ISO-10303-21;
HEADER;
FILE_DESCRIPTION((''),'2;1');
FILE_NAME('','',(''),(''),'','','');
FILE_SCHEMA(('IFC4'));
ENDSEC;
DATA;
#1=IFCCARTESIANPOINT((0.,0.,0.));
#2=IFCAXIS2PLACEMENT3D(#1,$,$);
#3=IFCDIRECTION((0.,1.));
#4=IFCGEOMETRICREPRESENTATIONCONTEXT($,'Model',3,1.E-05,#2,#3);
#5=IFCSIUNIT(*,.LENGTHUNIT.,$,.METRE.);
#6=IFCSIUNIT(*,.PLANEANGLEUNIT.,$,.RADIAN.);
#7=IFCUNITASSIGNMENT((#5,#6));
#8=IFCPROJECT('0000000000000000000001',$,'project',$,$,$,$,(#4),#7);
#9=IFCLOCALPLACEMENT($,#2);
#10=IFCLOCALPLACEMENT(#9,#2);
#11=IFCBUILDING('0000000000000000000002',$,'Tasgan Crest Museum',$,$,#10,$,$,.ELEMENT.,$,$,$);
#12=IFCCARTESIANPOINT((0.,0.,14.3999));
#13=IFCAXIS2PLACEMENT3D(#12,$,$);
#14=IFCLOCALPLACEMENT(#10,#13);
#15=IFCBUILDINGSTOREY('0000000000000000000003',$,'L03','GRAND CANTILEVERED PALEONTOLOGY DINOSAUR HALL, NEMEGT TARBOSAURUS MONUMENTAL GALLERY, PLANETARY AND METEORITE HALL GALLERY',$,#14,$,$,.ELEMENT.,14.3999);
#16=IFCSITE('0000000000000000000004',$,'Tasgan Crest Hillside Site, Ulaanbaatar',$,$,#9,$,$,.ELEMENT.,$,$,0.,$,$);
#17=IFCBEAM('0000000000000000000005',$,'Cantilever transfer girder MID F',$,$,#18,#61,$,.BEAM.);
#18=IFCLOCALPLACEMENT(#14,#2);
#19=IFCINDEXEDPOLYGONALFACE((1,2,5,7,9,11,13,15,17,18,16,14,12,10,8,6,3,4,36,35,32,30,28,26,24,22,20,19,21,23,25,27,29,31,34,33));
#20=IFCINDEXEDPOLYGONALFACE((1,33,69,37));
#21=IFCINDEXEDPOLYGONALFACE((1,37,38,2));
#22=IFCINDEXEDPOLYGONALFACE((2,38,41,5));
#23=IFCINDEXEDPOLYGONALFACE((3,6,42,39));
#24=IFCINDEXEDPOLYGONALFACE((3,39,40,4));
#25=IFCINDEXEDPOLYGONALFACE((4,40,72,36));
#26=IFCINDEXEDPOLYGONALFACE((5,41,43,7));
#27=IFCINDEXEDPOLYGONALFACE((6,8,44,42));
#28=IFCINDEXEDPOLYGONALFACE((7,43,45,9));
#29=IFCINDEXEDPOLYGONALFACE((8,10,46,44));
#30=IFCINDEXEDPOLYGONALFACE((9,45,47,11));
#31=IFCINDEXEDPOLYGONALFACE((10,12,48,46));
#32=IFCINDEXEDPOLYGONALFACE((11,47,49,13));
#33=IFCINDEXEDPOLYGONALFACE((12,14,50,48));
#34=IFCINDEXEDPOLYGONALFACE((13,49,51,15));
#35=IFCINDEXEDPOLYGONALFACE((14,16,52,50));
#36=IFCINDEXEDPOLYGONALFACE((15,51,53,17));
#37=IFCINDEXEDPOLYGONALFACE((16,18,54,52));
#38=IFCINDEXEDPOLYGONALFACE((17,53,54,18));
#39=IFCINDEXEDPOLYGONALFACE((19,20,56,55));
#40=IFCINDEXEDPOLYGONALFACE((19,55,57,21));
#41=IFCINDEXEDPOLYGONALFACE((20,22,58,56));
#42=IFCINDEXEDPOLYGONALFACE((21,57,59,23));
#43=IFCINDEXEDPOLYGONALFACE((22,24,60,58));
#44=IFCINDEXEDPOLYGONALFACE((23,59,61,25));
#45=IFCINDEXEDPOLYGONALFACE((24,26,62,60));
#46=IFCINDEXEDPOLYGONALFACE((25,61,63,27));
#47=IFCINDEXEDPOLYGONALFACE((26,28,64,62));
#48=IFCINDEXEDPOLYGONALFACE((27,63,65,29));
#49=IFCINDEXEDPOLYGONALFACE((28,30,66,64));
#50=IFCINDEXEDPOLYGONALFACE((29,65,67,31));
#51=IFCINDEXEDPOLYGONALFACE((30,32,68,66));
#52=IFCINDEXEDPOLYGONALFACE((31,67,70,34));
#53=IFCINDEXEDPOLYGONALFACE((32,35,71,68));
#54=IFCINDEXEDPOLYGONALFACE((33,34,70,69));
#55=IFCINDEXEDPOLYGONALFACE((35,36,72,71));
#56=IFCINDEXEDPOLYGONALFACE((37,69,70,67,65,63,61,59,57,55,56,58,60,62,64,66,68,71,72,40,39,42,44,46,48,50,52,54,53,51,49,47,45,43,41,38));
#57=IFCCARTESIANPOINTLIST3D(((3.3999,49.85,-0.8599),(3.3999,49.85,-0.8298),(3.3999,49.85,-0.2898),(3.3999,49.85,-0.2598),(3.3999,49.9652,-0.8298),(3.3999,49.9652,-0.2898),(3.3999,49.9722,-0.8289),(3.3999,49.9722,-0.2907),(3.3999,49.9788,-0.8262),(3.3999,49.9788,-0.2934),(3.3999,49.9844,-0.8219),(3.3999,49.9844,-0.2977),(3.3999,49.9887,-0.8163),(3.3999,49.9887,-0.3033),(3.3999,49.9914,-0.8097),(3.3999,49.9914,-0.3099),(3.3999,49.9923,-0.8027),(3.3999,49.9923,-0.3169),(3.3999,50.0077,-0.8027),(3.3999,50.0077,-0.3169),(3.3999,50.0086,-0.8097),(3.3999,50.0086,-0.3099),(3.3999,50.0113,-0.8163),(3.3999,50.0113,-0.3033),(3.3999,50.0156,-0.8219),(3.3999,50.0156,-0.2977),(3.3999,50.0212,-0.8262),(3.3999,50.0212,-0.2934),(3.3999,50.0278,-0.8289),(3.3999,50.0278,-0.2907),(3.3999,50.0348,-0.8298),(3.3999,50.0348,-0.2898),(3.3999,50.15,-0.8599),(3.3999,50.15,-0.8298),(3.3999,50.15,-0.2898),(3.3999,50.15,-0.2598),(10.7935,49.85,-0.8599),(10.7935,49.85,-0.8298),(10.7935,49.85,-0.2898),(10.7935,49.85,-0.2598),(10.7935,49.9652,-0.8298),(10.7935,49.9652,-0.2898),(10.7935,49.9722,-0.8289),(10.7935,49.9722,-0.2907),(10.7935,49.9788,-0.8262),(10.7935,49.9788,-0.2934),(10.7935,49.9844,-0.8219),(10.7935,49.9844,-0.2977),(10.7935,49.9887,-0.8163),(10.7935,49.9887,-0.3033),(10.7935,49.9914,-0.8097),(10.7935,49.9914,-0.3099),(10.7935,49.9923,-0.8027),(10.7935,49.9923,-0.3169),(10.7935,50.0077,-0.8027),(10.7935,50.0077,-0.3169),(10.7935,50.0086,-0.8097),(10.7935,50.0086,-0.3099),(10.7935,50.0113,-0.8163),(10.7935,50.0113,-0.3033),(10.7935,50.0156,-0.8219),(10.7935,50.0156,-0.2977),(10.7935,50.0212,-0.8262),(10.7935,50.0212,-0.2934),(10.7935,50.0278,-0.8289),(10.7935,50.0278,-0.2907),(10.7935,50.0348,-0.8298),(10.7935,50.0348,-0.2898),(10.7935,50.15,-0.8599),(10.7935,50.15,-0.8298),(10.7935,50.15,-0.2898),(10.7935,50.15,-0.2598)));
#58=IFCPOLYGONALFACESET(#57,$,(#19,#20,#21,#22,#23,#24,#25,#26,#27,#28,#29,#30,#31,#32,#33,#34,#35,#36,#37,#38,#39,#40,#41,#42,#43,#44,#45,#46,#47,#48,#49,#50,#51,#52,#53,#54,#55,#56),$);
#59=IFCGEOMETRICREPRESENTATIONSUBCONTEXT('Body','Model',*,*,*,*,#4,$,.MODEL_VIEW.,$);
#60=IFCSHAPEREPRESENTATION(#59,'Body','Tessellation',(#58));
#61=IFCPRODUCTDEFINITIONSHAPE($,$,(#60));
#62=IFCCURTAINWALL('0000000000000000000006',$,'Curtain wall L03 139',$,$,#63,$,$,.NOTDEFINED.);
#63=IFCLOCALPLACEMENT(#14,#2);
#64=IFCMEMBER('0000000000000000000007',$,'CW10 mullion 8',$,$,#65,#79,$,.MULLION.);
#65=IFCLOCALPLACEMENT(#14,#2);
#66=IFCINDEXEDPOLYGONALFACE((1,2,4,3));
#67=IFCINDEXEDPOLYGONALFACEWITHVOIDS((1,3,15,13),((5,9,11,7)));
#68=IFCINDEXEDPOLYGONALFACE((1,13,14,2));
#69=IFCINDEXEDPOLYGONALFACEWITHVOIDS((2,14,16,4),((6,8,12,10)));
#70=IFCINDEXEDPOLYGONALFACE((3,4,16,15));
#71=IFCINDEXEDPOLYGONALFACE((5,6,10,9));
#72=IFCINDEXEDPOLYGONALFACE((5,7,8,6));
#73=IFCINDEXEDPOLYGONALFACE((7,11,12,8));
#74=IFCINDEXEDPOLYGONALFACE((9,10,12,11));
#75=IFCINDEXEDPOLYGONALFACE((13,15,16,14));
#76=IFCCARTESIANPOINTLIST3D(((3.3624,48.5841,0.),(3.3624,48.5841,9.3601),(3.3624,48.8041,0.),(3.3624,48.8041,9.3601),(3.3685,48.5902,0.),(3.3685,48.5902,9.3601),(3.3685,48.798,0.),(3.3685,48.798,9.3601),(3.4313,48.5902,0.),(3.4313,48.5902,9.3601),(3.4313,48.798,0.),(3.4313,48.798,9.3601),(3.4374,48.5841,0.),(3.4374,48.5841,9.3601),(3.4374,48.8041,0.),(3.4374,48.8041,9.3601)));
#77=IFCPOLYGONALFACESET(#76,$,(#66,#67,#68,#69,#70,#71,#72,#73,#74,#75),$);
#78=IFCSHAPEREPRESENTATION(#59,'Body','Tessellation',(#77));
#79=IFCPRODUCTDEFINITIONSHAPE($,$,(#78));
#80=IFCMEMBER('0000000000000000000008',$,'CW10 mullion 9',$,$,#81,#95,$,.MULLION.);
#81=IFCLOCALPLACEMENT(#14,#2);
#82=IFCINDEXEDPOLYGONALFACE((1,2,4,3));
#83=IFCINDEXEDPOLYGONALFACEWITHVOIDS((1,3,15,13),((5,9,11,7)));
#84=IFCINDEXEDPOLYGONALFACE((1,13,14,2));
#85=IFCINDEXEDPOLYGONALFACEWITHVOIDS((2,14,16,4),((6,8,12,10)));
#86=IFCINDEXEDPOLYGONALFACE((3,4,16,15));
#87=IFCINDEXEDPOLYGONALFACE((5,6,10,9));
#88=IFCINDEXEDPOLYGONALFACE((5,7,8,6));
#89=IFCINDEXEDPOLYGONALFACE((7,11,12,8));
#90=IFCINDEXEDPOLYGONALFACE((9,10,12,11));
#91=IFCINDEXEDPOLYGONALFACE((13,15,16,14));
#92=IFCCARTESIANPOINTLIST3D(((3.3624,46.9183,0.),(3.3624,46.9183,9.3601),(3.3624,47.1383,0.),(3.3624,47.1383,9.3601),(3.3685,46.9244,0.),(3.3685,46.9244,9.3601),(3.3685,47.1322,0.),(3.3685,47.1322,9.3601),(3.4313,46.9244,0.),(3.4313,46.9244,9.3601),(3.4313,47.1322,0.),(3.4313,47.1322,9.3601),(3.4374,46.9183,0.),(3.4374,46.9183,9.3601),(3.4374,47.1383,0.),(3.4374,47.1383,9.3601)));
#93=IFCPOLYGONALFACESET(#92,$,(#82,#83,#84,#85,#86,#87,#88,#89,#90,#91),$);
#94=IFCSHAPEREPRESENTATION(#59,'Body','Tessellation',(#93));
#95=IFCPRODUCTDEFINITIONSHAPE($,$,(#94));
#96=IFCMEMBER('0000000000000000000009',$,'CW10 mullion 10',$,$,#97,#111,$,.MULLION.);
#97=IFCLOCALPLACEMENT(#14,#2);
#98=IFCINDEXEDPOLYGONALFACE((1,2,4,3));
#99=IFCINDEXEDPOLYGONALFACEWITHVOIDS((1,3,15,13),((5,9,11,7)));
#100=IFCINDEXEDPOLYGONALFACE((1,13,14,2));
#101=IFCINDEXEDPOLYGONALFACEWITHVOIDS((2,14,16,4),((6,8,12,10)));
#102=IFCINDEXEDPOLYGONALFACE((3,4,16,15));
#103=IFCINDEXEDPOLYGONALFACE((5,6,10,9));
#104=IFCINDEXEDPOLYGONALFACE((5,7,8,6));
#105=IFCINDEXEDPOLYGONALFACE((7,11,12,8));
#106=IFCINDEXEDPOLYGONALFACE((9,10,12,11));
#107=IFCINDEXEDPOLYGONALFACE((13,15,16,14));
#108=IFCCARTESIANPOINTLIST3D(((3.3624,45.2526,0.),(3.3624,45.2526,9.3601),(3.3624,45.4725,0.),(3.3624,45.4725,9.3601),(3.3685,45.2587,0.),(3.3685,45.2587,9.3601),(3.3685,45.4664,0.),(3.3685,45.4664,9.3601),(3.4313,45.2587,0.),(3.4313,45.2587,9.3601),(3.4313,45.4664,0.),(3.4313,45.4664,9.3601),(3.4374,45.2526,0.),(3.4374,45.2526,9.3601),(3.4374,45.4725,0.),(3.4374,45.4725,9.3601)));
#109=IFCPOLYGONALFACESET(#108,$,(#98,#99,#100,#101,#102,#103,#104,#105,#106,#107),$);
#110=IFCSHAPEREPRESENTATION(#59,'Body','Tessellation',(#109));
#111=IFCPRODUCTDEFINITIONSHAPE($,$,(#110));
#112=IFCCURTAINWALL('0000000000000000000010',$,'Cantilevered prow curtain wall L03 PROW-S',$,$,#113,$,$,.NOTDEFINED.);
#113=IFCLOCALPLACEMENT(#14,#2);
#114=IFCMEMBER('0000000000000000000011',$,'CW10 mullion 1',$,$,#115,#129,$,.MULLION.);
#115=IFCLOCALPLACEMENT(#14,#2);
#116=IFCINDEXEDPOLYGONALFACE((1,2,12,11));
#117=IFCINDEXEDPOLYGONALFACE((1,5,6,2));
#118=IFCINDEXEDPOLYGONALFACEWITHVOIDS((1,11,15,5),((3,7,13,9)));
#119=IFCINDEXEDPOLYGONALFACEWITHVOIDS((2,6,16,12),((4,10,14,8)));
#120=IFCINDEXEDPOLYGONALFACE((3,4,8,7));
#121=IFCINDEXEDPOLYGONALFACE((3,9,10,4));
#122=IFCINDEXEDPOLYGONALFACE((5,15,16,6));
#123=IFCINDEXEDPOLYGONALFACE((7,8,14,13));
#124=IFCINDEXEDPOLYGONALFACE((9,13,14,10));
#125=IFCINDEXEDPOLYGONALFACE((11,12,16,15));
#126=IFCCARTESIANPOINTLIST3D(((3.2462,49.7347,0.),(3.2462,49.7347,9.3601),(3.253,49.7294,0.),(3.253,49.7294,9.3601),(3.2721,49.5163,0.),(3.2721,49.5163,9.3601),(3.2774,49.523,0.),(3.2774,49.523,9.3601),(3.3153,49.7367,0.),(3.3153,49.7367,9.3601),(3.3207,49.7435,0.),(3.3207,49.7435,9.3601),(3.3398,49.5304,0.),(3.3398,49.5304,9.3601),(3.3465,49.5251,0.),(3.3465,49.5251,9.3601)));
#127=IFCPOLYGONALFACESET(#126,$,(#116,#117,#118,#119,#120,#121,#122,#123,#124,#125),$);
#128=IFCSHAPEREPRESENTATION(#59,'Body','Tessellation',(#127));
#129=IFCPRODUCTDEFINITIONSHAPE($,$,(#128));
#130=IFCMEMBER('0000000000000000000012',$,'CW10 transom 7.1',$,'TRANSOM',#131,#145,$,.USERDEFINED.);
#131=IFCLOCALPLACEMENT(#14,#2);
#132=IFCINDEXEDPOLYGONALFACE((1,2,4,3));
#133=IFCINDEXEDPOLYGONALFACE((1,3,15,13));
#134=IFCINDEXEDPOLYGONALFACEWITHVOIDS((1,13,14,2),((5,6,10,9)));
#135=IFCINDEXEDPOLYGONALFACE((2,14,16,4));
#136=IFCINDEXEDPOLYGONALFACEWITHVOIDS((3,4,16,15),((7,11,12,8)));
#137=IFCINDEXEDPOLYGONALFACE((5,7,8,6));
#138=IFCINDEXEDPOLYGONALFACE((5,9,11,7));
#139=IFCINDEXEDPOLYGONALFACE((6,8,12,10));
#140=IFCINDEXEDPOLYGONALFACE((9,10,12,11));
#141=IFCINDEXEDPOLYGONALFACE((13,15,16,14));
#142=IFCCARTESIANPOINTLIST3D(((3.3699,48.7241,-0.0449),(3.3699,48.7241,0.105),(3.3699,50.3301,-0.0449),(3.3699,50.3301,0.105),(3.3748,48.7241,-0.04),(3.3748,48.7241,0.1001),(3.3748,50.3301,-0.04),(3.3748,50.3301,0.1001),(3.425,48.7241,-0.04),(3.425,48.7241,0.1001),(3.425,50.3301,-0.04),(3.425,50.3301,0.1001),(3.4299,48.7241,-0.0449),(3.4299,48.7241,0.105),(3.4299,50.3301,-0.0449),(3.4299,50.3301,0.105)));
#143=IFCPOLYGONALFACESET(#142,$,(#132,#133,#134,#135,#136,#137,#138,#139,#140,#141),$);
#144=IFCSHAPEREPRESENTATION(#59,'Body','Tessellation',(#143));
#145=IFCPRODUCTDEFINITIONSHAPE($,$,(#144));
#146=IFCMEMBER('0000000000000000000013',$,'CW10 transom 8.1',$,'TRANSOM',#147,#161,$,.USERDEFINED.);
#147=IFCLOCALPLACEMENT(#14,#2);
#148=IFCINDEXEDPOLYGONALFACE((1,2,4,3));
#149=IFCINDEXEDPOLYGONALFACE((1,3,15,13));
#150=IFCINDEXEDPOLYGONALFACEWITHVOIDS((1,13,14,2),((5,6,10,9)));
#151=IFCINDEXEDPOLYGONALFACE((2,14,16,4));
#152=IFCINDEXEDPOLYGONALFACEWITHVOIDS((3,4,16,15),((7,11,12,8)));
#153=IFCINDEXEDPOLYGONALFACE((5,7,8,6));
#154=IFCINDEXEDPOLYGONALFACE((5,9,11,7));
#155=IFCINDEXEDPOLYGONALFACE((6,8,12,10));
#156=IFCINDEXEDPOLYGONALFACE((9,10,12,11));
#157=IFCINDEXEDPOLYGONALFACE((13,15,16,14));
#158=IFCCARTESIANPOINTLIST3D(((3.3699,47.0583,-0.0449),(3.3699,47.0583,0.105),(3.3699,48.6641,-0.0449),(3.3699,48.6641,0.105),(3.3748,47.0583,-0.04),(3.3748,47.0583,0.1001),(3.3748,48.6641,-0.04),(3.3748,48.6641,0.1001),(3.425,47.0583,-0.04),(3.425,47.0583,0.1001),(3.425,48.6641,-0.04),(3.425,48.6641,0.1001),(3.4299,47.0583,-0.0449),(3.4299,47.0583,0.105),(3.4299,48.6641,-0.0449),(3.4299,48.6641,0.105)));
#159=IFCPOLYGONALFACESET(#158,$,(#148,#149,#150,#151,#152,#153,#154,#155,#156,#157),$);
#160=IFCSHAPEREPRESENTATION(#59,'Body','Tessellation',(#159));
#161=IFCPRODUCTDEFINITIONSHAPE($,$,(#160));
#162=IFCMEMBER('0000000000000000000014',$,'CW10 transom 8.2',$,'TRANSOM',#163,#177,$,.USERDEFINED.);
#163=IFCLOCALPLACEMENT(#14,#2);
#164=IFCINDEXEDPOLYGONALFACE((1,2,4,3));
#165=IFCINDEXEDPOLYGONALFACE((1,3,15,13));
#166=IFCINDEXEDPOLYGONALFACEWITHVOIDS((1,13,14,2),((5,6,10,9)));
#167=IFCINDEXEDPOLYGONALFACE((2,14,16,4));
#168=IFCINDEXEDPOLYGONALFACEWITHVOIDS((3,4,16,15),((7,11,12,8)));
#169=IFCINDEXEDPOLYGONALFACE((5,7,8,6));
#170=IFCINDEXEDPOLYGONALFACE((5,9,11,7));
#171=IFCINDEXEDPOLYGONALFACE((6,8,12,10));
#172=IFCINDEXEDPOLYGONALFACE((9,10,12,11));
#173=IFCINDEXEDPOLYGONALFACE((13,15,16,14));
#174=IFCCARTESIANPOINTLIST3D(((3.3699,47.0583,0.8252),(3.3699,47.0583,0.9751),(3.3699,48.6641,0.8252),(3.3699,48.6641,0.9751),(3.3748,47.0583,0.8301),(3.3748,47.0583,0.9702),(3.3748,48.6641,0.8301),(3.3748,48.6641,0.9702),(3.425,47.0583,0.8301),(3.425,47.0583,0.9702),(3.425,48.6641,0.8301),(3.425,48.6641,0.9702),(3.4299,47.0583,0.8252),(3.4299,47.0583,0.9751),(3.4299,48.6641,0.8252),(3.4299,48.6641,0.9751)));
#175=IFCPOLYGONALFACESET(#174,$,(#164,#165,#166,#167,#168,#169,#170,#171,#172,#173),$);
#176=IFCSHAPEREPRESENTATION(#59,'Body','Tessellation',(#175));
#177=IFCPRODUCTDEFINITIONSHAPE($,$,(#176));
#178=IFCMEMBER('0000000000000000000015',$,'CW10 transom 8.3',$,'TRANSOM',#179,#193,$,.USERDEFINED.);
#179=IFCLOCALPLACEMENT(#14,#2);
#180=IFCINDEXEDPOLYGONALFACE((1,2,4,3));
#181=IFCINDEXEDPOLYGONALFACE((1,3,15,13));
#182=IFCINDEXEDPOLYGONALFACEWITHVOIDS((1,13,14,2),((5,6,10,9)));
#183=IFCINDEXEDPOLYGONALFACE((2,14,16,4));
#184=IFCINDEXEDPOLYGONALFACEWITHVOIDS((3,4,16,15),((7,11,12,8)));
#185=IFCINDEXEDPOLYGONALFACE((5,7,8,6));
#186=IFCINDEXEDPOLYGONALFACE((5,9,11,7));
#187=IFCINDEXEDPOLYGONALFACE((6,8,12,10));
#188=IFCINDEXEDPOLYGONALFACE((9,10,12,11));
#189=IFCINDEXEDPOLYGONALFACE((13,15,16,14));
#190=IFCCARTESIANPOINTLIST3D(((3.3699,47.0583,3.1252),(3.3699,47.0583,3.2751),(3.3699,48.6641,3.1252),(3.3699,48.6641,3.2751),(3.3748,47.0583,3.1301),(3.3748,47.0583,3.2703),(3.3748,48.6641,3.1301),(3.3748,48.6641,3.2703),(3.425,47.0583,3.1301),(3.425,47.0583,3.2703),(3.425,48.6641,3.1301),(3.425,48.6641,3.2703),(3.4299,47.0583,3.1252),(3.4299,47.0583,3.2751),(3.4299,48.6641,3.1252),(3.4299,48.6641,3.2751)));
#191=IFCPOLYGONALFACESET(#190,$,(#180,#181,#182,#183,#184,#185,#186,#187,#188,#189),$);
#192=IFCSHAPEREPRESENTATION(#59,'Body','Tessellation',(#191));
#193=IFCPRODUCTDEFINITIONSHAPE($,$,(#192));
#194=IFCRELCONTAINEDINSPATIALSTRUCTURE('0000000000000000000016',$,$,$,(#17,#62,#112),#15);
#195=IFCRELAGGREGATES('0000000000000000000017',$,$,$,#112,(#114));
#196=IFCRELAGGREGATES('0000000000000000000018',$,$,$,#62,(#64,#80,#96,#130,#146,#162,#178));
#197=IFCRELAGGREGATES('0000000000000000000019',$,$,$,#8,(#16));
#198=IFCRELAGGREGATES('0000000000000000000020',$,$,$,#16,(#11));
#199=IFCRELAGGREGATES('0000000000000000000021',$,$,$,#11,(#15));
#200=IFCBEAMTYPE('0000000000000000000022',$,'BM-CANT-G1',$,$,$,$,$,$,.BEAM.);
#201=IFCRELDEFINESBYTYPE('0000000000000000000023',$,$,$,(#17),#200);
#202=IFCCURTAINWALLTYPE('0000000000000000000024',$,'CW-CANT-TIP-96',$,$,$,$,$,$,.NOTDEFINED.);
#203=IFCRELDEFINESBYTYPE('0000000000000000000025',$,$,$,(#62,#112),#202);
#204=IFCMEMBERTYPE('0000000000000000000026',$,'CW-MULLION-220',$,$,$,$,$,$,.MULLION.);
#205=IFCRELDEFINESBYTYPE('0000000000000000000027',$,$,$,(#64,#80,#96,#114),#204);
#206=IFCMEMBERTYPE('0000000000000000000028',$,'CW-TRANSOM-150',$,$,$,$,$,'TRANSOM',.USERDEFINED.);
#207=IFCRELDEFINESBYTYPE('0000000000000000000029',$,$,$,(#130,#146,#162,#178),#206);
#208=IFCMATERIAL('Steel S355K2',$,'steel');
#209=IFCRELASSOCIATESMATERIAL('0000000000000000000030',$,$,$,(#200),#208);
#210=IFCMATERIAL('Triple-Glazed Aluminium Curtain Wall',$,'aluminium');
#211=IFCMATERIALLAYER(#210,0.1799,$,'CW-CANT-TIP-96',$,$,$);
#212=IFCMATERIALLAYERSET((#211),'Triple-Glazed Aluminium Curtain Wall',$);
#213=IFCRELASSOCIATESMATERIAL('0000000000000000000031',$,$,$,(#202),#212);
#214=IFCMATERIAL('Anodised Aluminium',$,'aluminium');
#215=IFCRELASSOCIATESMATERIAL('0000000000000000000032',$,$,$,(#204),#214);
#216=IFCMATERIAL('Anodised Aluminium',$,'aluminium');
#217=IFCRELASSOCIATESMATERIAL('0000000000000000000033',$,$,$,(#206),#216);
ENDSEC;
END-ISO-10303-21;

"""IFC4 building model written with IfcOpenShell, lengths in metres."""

from ifc_helpers import new_model, si_unit, direction, frame, origin, origin_2d, place, context, subcontext, project, spatial, hollow_rectangle, i_section, extrude, material, layer, layer_set, material_profile, profile_set, type_object, element, aggregate, save


model = new_model("IFC4")

# Units and contexts
model_context = context("Model", 3, precision=1e-05, world=origin(), true_north=direction((0.0, 1.0)))
body_context = subcontext(model_context, "Body", "Model", "MODEL_VIEW")
ifc_project = project(units=[si_unit("LENGTHUNIT", "METRE"), si_unit("PLANEANGLEUNIT", "RADIAN")], contexts=[model_context])

# Site, building, storey
site_placement = place(None, origin())
site = spatial("IfcSite", under=ifc_project, at=site_placement, Name="Tasgan Crest Hillside Site, Ulaanbaatar", CompositionType="ELEMENT", RefElevation=0.0)
building_placement = place(site_placement, origin())
building = spatial("IfcBuilding", under=site, at=building_placement, Name="Tasgan Crest Museum", CompositionType="ELEMENT")
storey_placement = place(building_placement, frame((0.0, 0.0, 14.3999)))
storey = spatial("IfcBuildingStorey", under=building, at=storey_placement, Name="L03", Description="GRAND CANTILEVERED PALEONTOLOGY DINOSAUR HALL, NEMEGT TARBOSAURUS MONUMENTAL GALLERY, PLANETARY AND METEORITE HALL GALLERY", CompositionType="ELEMENT", Elevation=14.3999)

# Beam
ifc_material_1 = material(Name="Steel S355K2", Category="steel")
ifc_material_profile_1 = material_profile(ifc_material_1, i_section(OverallWidth=0.3, OverallDepth=0.6001, WebThickness=0.0154, FlangeThickness=0.03, FilletRadius=0.0271, at=origin_2d()), Name="HEB 600")
ifc_profile_set_1 = profile_set([ifc_material_profile_1], Name="Steel S355K2")
beam_type = type_object("IfcBeamType", Name="BM-CANT-G1", PredefinedType="BEAM", material=ifc_profile_set_1)
beam_placement = place(storey_placement, frame((3.3999, 50.0, -0.5598), z_axis=(1.0, 0.0, 0.0), x_axis=(0.0, 1.0, 0.0)))
element("IfcBeam", 1, at=beam_placement, inside=storey, type_object=beam_type, Name="Cantilever transfer girder MID F", PredefinedType="BEAM", context=body_context, shape_type="SweptSolid", body=[
    extrude(i_section(OverallWidth=0.3, OverallDepth=0.6001, WebThickness=0.0154, FlangeThickness=0.03, FilletRadius=0.0271, at=origin_2d()), origin(), (0.0, 0.0, 1.0), 7.3936),
])

# Curtain wall, members
ifc_material_2 = material(Name="Triple-Glazed Aluminium Curtain Wall", Category="aluminium")
ifc_layer_1 = layer(ifc_material_2, 0.1799, Name="CW-CANT-TIP-96")
ifc_layer_set_1 = layer_set([ifc_layer_1], Name="Triple-Glazed Aluminium Curtain Wall")
curtain_wall_type = type_object("IfcCurtainWallType", Name="CW-CANT-TIP-96", PredefinedType="NOTDEFINED", material=ifc_layer_set_1)
curtain_wall_1_placement = place(storey_placement, origin())
curtain_wall_1 = element("IfcCurtainWall", 2, at=curtain_wall_1_placement, inside=storey, type_object=curtain_wall_type, Name="Curtain wall L03 139", PredefinedType="NOTDEFINED")
ifc_material_3 = material(Name="Anodised Aluminium", Category="aluminium")
ifc_material_profile_2 = material_profile(ifc_material_3, hollow_rectangle(XDim=0.075, YDim=0.22, WallThickness=0.0061, at=origin_2d()), Name="ALU MULLION 220x75x6")
ifc_profile_set_2 = profile_set([ifc_material_profile_2], Name="Anodised Aluminium")
member_type_1 = type_object("IfcMemberType", Name="CW-MULLION-220", PredefinedType="MULLION", material=ifc_profile_set_2)
member_1_placement = place(storey_placement, frame((3.3999, 48.6941, 0.0), z_axis=(0.0, 0.0, 1.0), x_axis=(1.0, 0.0, 0.0)))
member_1 = element("IfcMember", 3, at=member_1_placement, type_object=member_type_1, Name="CW10 mullion 8", PredefinedType="MULLION", context=body_context, shape_type="SweptSolid", body=[
    extrude(hollow_rectangle(XDim=0.075, YDim=0.22, WallThickness=0.0061, at=origin_2d()), origin(), (0.0, 0.0, 1.0), 9.3601),
])
member_2_placement = place(storey_placement, frame((3.3999, 47.0283, 0.0), z_axis=(0.0, 0.0, 1.0), x_axis=(1.0, 0.0, 0.0)))
member_2 = element("IfcMember", 4, at=member_2_placement, type_object=member_type_1, Name="CW10 mullion 9", PredefinedType="MULLION", context=body_context, shape_type="SweptSolid", body=[
    extrude(hollow_rectangle(XDim=0.075, YDim=0.22, WallThickness=0.0061, at=origin_2d()), origin(), (0.0, 0.0, 1.0), 9.3601),
])
member_3_placement = place(storey_placement, frame((3.3999, 45.3625, 0.0), z_axis=(0.0, 0.0, 1.0), x_axis=(1.0, 0.0, 0.0)))
member_3 = element("IfcMember", 5, at=member_3_placement, type_object=member_type_1, Name="CW10 mullion 10", PredefinedType="MULLION", context=body_context, shape_type="SweptSolid", body=[
    extrude(hollow_rectangle(XDim=0.075, YDim=0.22, WallThickness=0.0061, at=origin_2d()), origin(), (0.0, 0.0, 1.0), 9.3601),
])

# Curtain wall, member
curtain_wall_2_placement = place(storey_placement, origin())
curtain_wall_2 = element("IfcCurtainWall", 6, at=curtain_wall_2_placement, inside=storey, type_object=curtain_wall_type, Name="Cantilevered prow curtain wall L03 PROW-S", PredefinedType="NOTDEFINED")
member_4_placement = place(storey_placement, frame((3.2964, 49.6299, 0.0), z_axis=(0.0, 0.0, 1.0), x_axis=(-0.993065, -0.117565, 0.0)))
member_4 = element("IfcMember", 7, at=member_4_placement, type_object=member_type_1, Name="CW10 mullion 1", PredefinedType="MULLION", context=body_context, shape_type="SweptSolid", body=[
    extrude(hollow_rectangle(XDim=0.075, YDim=0.22, WallThickness=0.0061, at=origin_2d()), origin(), (0.0, 0.0, 1.0), 9.3601),
])

# Members
ifc_material_4 = material(Name="Anodised Aluminium", Category="aluminium")
ifc_material_profile_3 = material_profile(ifc_material_4, hollow_rectangle(XDim=0.0601, YDim=0.1499, WallThickness=0.0049, at=origin_2d()), Name="ALU TRANSOM 150x60x5")
ifc_profile_set_3 = profile_set([ifc_material_profile_3], Name="Anodised Aluminium")
member_type_2 = type_object("IfcMemberType", Name="CW-TRANSOM-150", ElementType="TRANSOM", PredefinedType="USERDEFINED", material=ifc_profile_set_3)
member_5_placement = place(storey_placement, frame((3.3999, 50.3301, 0.03), z_axis=(0.0, -1.0, 0.0), x_axis=(1.0, 0.0, 0.0)))
member_5 = element("IfcMember", 8, at=member_5_placement, type_object=member_type_2, Name="CW10 transom 7.1", ObjectType="TRANSOM", PredefinedType="USERDEFINED", context=body_context, shape_type="SweptSolid", body=[
    extrude(hollow_rectangle(XDim=0.0601, YDim=0.1499, WallThickness=0.0049, at=origin_2d()), origin(), (0.0, 0.0, 1.0), 1.606),
])
member_6_placement = place(storey_placement, frame((3.3999, 48.6641, 0.03), z_axis=(0.0, -1.0, 0.0), x_axis=(1.0, 0.0, 0.0)))
member_6 = element("IfcMember", 9, at=member_6_placement, type_object=member_type_2, Name="CW10 transom 8.1", ObjectType="TRANSOM", PredefinedType="USERDEFINED", context=body_context, shape_type="SweptSolid", body=[
    extrude(hollow_rectangle(XDim=0.0601, YDim=0.1499, WallThickness=0.0049, at=origin_2d()), origin(), (0.0, 0.0, 1.0), 1.6057),
])
member_7_placement = place(storey_placement, frame((3.3999, 48.6641, 0.9001), z_axis=(0.0, -1.0, 0.0), x_axis=(1.0, 0.0, 0.0)))
member_7 = element("IfcMember", 10, at=member_7_placement, type_object=member_type_2, Name="CW10 transom 8.2", ObjectType="TRANSOM", PredefinedType="USERDEFINED", context=body_context, shape_type="SweptSolid", body=[
    extrude(hollow_rectangle(XDim=0.0601, YDim=0.1499, WallThickness=0.0049, at=origin_2d()), origin(), (0.0, 0.0, 1.0), 1.6057),
])
member_8_placement = place(storey_placement, frame((3.3999, 48.6641, 3.2002), z_axis=(0.0, -1.0, 0.0), x_axis=(1.0, 0.0, 0.0)))
member_8 = element("IfcMember", 11, at=member_8_placement, type_object=member_type_2, Name="CW10 transom 8.3", ObjectType="TRANSOM", PredefinedType="USERDEFINED", context=body_context, shape_type="SweptSolid", body=[
    extrude(hollow_rectangle(XDim=0.0601, YDim=0.1499, WallThickness=0.0049, at=origin_2d()), origin(), (0.0, 0.0, 1.0), 1.6057),
])
aggregate(curtain_wall_2, [member_4])

aggregate(curtain_wall_1, [member_1, member_2, member_3, member_5, member_6, member_7, member_8])

save(model, "model.ifc")
